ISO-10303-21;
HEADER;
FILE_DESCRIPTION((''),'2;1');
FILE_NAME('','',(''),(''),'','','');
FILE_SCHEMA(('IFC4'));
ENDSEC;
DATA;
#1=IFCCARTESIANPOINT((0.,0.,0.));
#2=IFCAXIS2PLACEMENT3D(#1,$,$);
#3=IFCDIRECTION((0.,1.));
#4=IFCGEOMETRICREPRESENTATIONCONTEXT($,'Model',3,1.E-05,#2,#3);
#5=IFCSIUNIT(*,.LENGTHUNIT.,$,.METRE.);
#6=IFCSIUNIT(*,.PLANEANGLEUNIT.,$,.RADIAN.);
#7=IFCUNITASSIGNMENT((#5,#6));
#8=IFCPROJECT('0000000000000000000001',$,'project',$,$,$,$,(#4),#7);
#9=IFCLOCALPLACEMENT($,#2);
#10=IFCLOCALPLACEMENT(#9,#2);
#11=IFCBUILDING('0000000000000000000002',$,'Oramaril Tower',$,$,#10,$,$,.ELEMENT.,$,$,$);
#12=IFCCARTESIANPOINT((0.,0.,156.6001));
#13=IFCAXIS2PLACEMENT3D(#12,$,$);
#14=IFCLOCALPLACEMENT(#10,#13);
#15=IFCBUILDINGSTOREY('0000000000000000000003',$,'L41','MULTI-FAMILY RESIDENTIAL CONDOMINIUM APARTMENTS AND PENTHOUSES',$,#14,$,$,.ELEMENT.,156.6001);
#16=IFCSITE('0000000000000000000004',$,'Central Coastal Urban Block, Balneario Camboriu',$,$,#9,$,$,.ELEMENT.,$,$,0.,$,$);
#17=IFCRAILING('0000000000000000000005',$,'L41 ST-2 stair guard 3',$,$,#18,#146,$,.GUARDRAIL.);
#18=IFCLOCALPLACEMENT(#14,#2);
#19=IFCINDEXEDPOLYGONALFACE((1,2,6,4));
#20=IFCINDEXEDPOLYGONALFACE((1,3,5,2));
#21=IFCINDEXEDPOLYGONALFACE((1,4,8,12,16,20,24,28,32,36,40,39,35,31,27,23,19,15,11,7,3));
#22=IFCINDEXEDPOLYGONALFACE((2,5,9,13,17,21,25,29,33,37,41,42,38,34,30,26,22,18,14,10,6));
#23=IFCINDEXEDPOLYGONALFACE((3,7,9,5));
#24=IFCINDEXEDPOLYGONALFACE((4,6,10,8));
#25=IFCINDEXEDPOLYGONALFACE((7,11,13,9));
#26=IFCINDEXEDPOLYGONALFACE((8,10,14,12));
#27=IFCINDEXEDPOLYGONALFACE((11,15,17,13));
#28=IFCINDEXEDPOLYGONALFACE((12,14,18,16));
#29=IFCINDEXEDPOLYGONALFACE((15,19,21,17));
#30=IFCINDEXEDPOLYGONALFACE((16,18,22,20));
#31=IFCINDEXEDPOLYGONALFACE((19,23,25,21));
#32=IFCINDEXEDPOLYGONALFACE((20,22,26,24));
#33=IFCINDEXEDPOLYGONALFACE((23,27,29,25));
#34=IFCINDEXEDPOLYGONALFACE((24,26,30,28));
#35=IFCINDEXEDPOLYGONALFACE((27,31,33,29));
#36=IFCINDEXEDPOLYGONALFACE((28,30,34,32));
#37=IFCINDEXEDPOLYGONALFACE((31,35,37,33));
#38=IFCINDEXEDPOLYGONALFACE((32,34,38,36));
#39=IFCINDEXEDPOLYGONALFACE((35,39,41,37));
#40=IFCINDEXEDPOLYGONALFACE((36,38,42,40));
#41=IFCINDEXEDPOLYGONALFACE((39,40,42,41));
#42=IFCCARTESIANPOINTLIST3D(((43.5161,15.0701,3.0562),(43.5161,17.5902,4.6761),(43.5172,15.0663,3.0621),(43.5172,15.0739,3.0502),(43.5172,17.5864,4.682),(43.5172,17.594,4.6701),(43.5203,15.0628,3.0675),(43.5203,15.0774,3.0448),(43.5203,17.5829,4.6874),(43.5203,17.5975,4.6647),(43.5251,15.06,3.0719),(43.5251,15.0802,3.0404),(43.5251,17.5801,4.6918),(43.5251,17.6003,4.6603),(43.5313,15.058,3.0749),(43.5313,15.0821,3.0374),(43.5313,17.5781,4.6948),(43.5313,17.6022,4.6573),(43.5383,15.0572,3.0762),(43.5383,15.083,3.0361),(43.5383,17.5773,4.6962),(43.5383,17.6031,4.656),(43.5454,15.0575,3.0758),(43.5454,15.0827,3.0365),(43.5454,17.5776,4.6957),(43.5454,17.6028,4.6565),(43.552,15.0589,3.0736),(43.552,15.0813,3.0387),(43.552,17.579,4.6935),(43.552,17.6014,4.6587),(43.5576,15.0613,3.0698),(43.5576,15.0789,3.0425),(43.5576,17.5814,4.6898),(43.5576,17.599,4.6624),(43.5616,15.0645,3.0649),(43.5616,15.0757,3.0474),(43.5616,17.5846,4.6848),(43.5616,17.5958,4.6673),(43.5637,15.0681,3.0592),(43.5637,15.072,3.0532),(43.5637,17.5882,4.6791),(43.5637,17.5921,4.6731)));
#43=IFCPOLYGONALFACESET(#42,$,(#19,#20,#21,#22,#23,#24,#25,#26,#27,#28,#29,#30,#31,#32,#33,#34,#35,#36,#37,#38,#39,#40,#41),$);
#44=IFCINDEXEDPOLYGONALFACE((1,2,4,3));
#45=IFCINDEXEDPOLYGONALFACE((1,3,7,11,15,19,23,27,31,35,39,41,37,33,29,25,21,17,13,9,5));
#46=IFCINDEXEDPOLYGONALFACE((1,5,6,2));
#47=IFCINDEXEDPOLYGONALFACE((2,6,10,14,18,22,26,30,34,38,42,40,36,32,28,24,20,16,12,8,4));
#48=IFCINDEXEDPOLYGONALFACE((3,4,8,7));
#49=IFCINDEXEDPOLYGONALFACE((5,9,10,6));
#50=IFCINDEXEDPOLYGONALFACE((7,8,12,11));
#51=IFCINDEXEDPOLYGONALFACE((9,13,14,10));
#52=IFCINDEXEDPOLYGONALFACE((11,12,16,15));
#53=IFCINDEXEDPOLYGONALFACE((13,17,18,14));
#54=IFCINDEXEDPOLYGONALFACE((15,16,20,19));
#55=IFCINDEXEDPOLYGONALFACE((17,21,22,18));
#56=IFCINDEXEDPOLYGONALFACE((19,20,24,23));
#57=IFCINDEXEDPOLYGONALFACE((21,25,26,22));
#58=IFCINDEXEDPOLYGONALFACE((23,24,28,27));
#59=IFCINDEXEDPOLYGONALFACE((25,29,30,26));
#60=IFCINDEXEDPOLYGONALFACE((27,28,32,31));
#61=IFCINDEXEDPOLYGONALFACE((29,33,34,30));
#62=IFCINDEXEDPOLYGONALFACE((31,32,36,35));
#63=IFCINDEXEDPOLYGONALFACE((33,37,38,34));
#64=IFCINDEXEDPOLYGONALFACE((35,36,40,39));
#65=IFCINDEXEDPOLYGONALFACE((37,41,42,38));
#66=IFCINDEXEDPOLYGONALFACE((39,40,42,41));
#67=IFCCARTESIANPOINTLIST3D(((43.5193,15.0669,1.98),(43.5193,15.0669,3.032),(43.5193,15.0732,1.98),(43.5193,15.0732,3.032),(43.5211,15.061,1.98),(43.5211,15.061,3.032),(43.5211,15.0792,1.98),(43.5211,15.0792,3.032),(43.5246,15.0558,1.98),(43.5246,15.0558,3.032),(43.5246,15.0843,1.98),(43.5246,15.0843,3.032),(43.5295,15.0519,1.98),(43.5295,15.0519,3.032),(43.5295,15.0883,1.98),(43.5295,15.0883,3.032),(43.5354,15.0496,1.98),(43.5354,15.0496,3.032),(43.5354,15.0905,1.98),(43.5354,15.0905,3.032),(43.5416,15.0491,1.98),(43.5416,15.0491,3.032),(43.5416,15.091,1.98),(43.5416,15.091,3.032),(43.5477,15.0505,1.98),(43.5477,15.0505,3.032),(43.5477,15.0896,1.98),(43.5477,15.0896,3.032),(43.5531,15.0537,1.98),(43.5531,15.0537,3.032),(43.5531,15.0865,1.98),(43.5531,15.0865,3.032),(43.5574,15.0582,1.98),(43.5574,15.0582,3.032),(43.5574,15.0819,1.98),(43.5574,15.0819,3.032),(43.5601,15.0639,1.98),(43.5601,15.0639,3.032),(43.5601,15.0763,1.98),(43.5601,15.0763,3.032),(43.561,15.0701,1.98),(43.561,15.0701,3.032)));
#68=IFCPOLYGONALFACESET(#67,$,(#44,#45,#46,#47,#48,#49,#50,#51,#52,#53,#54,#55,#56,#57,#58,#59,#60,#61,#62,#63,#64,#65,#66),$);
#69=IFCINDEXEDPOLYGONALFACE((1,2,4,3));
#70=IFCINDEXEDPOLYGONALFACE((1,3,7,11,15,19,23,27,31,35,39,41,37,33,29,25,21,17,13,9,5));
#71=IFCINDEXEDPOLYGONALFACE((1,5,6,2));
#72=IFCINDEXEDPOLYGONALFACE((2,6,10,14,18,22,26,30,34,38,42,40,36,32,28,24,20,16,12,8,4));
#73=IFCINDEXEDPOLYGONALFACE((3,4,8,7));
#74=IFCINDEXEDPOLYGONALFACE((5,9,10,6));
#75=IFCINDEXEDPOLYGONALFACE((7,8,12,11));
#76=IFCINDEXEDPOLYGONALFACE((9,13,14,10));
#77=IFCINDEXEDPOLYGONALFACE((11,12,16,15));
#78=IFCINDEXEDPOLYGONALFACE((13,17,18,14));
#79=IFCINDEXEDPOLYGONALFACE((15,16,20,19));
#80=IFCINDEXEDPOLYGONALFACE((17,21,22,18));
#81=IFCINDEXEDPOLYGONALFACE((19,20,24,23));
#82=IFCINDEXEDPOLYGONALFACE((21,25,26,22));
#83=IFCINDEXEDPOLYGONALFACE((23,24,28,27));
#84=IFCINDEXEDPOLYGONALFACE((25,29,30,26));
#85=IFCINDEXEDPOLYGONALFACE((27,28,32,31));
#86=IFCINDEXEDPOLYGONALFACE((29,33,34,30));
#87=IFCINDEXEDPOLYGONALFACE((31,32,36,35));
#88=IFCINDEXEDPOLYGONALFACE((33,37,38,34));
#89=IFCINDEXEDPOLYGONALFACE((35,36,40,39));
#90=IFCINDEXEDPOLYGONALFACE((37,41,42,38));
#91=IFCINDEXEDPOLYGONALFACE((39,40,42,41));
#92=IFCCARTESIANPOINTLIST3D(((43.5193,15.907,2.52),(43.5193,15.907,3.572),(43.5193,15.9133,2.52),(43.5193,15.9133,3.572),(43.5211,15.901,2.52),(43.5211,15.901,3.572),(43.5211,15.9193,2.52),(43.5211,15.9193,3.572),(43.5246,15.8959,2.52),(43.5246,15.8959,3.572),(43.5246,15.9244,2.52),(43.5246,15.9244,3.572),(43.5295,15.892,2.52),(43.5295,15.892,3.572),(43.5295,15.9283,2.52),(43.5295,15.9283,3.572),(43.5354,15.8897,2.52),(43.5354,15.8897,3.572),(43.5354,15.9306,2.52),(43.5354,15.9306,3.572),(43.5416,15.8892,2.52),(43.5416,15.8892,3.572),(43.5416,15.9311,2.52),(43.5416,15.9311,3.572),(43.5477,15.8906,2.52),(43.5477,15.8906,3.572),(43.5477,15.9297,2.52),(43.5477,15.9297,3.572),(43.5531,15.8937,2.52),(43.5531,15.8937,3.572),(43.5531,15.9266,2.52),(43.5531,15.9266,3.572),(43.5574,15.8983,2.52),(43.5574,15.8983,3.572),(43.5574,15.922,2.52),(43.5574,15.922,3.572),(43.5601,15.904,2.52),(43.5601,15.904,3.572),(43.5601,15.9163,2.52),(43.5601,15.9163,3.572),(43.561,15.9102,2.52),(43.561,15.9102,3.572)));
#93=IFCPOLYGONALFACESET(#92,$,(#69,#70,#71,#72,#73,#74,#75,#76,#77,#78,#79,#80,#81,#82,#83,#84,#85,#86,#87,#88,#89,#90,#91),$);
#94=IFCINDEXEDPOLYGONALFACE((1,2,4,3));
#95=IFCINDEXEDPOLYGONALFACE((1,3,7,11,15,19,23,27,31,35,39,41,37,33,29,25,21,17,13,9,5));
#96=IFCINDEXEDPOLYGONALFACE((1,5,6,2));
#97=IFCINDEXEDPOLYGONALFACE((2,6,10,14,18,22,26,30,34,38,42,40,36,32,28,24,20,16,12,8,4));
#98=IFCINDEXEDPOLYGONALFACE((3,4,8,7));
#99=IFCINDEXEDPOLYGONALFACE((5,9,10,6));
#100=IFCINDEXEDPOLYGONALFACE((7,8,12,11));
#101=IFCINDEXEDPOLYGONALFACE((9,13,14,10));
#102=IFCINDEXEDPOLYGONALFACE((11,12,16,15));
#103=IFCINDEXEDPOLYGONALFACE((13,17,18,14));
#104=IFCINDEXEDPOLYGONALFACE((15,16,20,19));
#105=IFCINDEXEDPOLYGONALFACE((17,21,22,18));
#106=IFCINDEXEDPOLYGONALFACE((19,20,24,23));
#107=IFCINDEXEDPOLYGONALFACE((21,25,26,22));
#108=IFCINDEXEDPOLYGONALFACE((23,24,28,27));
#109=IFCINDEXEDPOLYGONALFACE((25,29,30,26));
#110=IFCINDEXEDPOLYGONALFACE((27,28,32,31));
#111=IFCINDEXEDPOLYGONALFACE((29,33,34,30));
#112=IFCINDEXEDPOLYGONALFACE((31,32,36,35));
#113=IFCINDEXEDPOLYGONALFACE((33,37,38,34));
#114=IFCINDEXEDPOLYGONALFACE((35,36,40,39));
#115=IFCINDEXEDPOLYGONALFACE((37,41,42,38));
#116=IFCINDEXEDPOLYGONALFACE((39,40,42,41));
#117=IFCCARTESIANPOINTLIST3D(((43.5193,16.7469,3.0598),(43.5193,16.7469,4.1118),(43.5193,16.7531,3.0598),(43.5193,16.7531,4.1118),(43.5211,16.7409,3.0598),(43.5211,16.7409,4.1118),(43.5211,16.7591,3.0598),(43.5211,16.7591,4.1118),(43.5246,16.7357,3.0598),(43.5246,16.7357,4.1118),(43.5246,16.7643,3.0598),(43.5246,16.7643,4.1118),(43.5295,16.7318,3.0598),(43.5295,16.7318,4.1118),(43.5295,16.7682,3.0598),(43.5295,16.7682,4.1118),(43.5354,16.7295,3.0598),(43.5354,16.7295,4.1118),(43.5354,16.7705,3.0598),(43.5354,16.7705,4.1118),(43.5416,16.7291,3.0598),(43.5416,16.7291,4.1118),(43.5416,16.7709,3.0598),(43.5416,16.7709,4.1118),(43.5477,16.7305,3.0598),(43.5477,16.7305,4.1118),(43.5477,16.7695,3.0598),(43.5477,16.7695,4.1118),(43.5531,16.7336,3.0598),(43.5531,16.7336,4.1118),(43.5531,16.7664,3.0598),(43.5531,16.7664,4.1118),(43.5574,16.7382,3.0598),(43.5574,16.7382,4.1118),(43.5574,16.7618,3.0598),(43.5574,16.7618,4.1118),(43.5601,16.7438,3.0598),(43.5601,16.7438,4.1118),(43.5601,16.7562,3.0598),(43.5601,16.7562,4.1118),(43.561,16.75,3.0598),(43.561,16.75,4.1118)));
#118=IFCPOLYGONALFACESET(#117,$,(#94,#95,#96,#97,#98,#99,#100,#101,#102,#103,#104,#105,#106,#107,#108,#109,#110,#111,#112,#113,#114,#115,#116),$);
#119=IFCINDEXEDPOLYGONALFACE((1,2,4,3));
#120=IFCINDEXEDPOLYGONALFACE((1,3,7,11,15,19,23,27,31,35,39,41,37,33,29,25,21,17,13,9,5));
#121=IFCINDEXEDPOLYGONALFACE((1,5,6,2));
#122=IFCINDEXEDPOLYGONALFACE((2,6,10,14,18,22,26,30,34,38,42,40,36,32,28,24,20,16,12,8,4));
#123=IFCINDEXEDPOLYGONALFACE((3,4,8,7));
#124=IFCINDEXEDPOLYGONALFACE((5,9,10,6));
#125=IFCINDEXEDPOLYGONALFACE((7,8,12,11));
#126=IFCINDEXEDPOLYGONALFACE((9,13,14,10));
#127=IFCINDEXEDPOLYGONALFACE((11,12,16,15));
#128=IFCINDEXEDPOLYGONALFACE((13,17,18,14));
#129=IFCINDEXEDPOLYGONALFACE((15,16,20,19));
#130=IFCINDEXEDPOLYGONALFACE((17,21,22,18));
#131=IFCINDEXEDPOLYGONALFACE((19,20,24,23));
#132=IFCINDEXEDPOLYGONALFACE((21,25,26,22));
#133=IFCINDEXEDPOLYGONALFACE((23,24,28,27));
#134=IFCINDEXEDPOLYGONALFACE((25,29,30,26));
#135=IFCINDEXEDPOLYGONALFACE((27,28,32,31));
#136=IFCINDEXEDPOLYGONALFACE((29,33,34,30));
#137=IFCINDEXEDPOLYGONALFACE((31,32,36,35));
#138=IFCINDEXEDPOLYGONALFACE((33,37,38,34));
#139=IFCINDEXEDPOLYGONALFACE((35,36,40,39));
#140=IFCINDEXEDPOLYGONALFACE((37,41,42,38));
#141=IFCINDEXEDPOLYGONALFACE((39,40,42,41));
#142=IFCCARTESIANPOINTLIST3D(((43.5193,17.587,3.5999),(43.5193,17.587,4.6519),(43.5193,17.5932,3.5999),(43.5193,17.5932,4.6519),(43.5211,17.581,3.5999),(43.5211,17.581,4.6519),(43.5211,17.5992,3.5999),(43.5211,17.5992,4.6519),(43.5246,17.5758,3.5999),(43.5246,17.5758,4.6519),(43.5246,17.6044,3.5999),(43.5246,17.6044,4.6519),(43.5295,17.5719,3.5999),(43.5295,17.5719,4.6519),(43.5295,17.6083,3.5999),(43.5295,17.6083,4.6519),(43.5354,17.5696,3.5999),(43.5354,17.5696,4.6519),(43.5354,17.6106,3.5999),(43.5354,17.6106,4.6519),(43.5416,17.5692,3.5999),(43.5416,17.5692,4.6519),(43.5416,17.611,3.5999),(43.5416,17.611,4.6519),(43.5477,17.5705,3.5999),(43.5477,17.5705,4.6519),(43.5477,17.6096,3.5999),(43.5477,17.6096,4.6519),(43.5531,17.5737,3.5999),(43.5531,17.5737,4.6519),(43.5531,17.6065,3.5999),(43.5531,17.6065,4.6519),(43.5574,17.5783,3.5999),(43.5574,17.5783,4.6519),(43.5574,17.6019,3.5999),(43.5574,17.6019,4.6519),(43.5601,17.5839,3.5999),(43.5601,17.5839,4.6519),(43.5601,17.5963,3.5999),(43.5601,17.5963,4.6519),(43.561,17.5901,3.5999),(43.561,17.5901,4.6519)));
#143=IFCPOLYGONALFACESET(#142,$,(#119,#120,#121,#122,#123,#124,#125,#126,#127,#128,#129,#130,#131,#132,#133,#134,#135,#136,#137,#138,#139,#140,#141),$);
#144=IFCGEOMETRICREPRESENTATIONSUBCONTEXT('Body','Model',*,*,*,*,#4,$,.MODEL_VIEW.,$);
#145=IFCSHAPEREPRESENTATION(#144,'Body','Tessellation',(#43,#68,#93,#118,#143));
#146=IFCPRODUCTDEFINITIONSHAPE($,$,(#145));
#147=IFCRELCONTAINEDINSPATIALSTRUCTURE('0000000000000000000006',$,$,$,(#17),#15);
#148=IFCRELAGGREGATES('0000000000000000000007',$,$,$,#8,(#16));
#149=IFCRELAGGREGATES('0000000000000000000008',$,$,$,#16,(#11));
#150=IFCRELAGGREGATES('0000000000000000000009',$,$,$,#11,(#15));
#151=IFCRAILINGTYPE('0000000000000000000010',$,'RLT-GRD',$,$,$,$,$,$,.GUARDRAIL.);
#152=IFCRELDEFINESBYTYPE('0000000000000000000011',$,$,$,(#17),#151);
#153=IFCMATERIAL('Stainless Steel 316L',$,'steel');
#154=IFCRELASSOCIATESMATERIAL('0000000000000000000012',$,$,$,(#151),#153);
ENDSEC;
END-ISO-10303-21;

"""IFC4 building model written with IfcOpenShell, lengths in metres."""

from ifc_helpers import new_model, si_unit, direction, frame, origin, origin_2d, place, context, subcontext, project, spatial, circle, extrude, material, type_object, element, save


model = new_model("IFC4")

# Units and contexts
model_context = context("Model", 3, precision=1e-05, world=origin(), true_north=direction((0.0, 1.0)))
body_context = subcontext(model_context, "Body", "Model", "MODEL_VIEW")
ifc_project = project(units=[si_unit("LENGTHUNIT", "METRE"), si_unit("PLANEANGLEUNIT", "RADIAN")], contexts=[model_context])

# Site, building, storey
site_placement = place(None, origin())
site = spatial("IfcSite", under=ifc_project, at=site_placement, Name="Central Coastal Urban Block, Balneario Camboriu", CompositionType="ELEMENT", RefElevation=0.0)
building_placement = place(site_placement, origin())
building = spatial("IfcBuilding", under=site, at=building_placement, Name="Oramaril Tower", CompositionType="ELEMENT")
storey_placement = place(building_placement, frame((0.0, 0.0, 156.6001)))
storey = spatial("IfcBuildingStorey", under=building, at=storey_placement, Name="L41", Description="MULTI-FAMILY RESIDENTIAL CONDOMINIUM APARTMENTS AND PENTHOUSES", CompositionType="ELEMENT", Elevation=156.6001)

# Railing
ifc_material_1 = material(Name="Stainless Steel 316L", Category="steel")
railing_type_1 = type_object("IfcRailingType", Name="RLT-GRD", PredefinedType="GUARDRAIL", material=ifc_material_1)
railing_1_placement = place(storey_placement, frame((43.54, 15.0701, 1.98)))
element("IfcRailing", 1, at=railing_1_placement, inside=storey, type_object=railing_type_1, Name="L41 ST-2 stair guard 3", PredefinedType="GUARDRAIL", context=body_context, shape_type="SweptSolid", body=[
    extrude(circle(Radius=0.0239, at=origin_2d()), frame((0.0, 0.0, 1.0762), z_axis=(0.0, 0.8412, 0.540725), x_axis=(-1.0, 0.0, 0.0)), (0.0, 0.0, 1.0), 2.9958),
    extrude(circle(Radius=0.021, at=origin_2d()), origin(), (0.0, 0.0, 1.0), 1.052),
    extrude(circle(Radius=0.021, at=origin_2d()), frame((0.0, 0.8401, 0.54)), (0.0, 0.0, 1.0), 1.052),
    extrude(circle(Radius=0.021, at=origin_2d()), frame((0.0, 1.6799, 1.0798)), (0.0, 0.0, 1.0), 1.052),
    extrude(circle(Radius=0.021, at=origin_2d()), frame((0.0, 2.52, 1.6199)), (0.0, 0.0, 1.0), 1.052),
])

save(model, "model.ifc")
